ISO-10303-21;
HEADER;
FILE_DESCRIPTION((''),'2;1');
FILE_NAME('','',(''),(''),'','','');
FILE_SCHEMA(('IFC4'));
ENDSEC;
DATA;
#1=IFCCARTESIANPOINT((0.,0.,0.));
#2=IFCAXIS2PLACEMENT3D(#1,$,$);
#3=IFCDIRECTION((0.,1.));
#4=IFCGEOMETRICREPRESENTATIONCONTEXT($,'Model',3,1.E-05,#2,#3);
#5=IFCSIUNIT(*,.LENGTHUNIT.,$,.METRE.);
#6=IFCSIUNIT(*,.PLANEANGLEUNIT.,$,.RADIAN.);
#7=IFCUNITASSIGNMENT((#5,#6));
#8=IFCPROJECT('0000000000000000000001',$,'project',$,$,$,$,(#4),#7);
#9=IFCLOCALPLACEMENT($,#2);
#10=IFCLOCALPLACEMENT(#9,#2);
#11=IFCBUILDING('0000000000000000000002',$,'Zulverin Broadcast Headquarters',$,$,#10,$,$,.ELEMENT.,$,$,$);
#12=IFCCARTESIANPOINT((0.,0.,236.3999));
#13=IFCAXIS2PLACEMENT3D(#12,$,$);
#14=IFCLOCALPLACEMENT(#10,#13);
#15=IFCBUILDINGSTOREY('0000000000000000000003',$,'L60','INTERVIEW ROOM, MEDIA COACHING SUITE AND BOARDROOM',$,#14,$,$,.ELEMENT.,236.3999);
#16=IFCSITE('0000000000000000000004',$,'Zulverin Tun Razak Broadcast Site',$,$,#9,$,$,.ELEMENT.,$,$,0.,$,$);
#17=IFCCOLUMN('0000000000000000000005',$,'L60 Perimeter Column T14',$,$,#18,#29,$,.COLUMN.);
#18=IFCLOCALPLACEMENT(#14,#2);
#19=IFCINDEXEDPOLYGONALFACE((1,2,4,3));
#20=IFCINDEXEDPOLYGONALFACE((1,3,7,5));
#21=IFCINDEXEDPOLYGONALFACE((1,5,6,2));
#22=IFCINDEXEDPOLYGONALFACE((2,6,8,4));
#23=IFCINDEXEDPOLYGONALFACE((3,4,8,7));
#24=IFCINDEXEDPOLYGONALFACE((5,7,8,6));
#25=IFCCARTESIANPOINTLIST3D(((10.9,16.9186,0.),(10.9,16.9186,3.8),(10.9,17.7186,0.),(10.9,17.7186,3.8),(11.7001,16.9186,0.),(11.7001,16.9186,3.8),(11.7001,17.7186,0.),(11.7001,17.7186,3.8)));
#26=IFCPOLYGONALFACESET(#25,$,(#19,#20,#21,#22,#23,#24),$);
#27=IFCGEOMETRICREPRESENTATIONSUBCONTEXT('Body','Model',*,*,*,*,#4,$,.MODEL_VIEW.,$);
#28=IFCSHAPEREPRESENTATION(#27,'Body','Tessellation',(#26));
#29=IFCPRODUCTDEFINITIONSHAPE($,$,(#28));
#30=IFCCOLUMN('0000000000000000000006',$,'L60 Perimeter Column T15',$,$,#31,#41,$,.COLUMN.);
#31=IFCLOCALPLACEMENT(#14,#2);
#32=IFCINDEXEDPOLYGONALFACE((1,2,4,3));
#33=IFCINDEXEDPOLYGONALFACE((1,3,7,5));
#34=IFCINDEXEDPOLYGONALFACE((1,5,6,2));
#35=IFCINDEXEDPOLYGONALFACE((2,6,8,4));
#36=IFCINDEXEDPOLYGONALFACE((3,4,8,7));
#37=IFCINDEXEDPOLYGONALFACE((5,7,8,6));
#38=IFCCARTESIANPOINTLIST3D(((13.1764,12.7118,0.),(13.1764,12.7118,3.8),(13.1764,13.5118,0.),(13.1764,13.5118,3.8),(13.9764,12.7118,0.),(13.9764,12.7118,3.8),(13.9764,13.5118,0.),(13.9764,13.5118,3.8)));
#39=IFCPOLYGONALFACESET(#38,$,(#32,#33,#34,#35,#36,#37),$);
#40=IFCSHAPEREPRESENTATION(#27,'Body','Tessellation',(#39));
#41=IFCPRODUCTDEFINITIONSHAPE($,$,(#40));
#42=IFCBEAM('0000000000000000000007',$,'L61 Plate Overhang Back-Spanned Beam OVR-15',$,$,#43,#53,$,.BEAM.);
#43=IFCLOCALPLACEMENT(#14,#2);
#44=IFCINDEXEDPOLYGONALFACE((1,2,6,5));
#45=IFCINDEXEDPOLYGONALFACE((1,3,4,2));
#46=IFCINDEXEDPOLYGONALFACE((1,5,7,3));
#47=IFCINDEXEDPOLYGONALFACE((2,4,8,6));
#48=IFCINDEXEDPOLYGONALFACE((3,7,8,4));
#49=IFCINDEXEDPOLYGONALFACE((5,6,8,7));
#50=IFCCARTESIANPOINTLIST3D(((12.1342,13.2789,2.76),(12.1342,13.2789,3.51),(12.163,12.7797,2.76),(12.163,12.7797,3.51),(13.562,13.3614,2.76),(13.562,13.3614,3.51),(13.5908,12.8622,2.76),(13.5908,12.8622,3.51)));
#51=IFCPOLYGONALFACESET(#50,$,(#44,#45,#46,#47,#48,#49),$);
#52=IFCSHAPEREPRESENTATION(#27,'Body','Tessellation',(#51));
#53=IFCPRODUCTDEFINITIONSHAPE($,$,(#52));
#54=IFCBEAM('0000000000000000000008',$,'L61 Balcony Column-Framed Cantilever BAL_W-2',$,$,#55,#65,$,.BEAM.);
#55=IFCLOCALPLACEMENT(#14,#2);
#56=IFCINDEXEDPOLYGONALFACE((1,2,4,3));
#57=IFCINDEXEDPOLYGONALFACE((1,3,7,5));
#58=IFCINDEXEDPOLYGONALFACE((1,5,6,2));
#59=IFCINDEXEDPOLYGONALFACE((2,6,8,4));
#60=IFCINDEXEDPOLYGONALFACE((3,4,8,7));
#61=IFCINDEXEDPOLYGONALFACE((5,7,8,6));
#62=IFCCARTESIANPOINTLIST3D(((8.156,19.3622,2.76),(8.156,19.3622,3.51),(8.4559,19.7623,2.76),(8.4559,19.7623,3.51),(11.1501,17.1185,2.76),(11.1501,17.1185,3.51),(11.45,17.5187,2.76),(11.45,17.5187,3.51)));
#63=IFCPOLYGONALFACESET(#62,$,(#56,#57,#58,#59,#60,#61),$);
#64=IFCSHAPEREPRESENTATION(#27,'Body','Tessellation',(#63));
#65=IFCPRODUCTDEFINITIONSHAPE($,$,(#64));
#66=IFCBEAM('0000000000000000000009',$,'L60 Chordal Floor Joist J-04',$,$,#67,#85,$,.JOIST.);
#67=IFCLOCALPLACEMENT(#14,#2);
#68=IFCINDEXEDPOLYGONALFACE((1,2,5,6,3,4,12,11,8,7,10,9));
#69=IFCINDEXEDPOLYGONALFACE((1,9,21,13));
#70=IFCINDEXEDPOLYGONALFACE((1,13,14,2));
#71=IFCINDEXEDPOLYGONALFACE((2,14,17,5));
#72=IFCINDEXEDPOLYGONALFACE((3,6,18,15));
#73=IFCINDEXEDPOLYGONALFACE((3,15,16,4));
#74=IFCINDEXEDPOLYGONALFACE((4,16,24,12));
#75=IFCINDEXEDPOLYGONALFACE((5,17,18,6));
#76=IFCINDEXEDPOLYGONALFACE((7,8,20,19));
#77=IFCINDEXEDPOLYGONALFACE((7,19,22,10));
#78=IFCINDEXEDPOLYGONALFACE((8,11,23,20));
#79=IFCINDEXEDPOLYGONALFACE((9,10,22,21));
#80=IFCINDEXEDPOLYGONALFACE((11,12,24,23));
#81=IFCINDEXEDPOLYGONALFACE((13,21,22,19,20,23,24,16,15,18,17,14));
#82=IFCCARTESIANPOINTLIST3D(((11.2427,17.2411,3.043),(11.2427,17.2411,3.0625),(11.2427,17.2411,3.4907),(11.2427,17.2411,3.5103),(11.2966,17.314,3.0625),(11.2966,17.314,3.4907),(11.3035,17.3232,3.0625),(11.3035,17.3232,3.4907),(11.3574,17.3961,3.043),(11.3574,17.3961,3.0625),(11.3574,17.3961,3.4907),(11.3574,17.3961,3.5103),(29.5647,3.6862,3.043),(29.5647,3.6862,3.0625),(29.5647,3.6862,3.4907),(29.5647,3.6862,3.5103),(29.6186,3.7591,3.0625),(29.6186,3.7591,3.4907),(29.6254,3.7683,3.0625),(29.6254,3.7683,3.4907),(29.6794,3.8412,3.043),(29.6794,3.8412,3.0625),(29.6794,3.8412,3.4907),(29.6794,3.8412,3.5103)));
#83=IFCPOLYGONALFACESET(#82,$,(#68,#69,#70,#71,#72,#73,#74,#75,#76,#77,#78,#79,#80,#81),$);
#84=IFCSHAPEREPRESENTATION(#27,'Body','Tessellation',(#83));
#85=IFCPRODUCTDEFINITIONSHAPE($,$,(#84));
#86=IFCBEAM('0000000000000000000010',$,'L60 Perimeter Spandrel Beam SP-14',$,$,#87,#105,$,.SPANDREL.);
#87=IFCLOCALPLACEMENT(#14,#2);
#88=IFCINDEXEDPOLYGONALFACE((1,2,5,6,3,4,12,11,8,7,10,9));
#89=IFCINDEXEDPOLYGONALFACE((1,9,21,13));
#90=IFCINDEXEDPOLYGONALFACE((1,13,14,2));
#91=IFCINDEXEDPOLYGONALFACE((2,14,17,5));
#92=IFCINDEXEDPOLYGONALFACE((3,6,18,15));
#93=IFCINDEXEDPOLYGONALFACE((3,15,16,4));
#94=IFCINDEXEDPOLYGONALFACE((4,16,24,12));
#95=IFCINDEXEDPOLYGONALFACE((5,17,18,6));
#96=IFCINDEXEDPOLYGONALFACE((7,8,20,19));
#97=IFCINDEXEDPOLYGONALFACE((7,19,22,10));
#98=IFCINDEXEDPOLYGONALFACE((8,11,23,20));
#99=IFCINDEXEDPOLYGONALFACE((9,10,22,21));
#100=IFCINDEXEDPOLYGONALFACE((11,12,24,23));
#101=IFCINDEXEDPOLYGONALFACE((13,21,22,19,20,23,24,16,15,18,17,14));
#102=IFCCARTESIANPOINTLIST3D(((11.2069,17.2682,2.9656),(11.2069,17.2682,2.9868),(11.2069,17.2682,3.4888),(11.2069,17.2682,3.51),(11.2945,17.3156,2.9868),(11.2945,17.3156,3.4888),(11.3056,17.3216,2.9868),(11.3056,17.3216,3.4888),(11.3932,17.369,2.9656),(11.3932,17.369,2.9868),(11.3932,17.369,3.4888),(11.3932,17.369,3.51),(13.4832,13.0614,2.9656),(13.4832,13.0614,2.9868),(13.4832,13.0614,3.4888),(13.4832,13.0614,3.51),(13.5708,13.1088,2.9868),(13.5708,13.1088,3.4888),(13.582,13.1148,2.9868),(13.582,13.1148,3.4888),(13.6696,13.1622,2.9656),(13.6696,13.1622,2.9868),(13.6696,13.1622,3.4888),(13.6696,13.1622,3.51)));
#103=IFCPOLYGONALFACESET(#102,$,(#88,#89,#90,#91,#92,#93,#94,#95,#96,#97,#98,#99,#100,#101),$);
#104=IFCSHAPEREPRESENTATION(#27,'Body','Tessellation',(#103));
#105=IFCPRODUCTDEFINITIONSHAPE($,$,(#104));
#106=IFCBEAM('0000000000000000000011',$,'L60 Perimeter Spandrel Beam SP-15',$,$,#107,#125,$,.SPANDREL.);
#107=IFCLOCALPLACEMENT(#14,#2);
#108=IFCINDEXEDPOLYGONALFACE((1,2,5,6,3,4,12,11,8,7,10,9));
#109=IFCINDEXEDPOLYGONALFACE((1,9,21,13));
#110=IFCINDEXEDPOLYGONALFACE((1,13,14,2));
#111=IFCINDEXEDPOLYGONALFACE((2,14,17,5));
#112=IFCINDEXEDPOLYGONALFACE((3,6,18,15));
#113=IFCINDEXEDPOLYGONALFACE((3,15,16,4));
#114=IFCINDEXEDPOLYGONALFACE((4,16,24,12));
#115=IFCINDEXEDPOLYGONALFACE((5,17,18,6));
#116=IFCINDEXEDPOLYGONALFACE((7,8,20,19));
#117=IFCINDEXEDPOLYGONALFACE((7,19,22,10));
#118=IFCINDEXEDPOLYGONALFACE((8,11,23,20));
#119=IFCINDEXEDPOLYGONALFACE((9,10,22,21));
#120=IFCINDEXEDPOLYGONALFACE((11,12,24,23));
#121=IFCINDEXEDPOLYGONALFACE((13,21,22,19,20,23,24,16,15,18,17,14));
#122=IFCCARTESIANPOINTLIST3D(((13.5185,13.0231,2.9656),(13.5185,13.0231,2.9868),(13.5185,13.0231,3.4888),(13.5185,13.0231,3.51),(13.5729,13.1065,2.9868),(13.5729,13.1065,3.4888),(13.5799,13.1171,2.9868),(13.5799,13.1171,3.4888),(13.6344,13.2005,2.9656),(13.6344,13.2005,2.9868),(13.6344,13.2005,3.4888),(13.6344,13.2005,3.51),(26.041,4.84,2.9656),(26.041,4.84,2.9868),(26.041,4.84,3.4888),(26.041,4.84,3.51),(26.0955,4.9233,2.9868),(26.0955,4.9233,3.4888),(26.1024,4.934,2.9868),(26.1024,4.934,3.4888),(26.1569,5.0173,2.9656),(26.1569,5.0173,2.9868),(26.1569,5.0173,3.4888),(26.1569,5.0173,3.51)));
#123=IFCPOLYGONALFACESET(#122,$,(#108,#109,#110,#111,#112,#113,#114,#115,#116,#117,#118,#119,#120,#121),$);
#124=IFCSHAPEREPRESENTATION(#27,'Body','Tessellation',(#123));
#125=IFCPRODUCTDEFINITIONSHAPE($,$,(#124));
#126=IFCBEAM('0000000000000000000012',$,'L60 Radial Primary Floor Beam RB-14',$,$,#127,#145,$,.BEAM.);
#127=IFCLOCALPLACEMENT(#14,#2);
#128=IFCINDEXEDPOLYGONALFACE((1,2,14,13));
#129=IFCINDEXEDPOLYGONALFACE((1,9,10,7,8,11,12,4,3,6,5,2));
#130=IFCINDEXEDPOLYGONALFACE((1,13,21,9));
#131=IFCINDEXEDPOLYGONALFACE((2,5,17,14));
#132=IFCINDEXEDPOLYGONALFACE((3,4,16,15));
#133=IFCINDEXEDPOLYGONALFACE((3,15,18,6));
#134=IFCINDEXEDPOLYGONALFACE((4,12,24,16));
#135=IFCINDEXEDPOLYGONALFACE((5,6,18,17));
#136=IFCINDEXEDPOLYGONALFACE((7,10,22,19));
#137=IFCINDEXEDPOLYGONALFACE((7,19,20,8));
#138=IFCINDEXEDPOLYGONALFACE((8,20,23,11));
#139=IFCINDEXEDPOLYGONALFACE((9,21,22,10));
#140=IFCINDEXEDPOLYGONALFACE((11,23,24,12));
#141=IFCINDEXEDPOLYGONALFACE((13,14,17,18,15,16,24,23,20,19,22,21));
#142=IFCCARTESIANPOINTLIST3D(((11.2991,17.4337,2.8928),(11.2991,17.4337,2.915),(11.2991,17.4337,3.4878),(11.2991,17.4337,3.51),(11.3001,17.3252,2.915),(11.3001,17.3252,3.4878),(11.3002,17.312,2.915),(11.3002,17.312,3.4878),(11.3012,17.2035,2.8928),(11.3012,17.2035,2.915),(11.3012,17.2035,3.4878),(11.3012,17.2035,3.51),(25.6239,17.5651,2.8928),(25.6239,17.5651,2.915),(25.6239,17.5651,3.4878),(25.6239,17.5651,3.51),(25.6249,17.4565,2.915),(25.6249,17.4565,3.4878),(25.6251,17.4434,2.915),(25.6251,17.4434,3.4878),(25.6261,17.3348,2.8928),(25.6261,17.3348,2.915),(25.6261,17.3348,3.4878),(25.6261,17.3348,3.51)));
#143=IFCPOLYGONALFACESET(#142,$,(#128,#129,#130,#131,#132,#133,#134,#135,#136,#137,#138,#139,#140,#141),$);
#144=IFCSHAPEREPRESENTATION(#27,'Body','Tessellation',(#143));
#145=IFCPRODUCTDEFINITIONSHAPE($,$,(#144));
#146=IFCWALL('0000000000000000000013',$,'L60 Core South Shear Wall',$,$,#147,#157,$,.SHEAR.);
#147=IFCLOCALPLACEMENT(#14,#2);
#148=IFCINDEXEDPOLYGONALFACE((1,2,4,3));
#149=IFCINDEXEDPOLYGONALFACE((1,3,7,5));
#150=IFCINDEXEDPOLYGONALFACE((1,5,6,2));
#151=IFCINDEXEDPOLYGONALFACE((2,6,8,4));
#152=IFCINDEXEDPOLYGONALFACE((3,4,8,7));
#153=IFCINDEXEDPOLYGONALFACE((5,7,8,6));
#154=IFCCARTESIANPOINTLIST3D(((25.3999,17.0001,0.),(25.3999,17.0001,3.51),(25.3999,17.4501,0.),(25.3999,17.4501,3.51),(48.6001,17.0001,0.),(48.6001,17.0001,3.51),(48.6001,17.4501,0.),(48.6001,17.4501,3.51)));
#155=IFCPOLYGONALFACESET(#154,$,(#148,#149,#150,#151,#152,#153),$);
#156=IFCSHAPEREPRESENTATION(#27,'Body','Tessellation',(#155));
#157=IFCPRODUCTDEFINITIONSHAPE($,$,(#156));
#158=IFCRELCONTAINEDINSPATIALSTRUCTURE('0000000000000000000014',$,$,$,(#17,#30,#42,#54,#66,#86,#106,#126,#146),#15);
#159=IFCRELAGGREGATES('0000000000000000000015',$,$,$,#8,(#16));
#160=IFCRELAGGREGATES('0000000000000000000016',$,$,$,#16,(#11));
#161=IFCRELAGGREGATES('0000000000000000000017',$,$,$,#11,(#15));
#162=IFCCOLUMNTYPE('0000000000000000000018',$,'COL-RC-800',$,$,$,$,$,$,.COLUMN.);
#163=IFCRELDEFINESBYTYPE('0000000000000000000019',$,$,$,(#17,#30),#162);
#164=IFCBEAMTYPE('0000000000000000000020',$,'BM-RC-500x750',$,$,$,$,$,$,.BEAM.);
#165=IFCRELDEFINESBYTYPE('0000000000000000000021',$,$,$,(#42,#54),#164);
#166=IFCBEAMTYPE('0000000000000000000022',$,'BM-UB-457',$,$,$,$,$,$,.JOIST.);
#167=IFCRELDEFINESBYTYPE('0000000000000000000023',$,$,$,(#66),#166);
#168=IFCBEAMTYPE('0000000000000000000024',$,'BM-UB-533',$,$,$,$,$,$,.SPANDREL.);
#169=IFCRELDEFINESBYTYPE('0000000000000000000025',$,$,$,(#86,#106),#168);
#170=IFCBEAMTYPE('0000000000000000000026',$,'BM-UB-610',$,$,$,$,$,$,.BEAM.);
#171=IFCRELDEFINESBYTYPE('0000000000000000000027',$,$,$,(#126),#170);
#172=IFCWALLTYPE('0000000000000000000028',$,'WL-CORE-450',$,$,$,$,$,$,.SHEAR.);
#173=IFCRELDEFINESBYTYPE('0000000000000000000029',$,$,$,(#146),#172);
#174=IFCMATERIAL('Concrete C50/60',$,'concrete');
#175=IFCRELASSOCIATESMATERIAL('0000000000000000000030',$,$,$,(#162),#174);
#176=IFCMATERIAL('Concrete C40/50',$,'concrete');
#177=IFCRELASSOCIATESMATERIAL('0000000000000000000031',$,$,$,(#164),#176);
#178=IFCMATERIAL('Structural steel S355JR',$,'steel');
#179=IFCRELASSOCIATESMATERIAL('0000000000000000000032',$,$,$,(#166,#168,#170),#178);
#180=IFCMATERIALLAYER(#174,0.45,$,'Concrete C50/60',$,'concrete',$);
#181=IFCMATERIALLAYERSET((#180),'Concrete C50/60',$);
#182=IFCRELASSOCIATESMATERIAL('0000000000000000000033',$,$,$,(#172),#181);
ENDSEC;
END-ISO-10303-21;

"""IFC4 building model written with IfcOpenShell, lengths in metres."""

from ifc_helpers import new_model, si_unit, direction, frame, frame_2d, origin, origin_2d, place, context, subcontext, project, spatial, rectangle, i_section, extrude, material, layer, layer_set, material_profile, profile_set, type_object, element, save


model = new_model("IFC4")

# Units and contexts
model_context = context("Model", 3, precision=1e-05, world=origin(), true_north=direction((0.0, 1.0)))
body_context = subcontext(model_context, "Body", "Model", "MODEL_VIEW")
ifc_project = project(units=[si_unit("LENGTHUNIT", "METRE"), si_unit("PLANEANGLEUNIT", "RADIAN")], contexts=[model_context])

# Site, building, storey
site_placement = place(None, origin())
site = spatial("IfcSite", under=ifc_project, at=site_placement, Name="Zulverin Tun Razak Broadcast Site", CompositionType="ELEMENT", RefElevation=0.0)
building_placement = place(site_placement, origin())
building = spatial("IfcBuilding", under=site, at=building_placement, Name="Zulverin Broadcast Headquarters", CompositionType="ELEMENT")
storey_placement = place(building_placement, frame((0.0, 0.0, 236.3999)))
storey = spatial("IfcBuildingStorey", under=building, at=storey_placement, Name="L60", Description="INTERVIEW ROOM, MEDIA COACHING SUITE AND BOARDROOM", CompositionType="ELEMENT", Elevation=236.3999)

# Columns
ifc_material_1 = material(Name="Concrete C50/60", Category="concrete")
ifc_material_profile_1 = material_profile(ifc_material_1, rectangle(XDim=0.8, YDim=0.8, at=origin_2d()), Name="Concrete C50/60", Category="concrete")
ifc_profile_set_1 = profile_set([ifc_material_profile_1], Name="Concrete C50/60")
column_type = type_object("IfcColumnType", Name="COL-RC-800", PredefinedType="COLUMN", material=ifc_profile_set_1)
for number, where, z_axis, x_axis, name in (
    (1, (11.3, 17.3186, 0.0), (0.0, 0.0, 1.0), (1.0, 0.0, 0.0), "L60 Perimeter Column T14"),
    (2, (13.5764, 13.1118, 0.0), (0.0, 0.0, 1.0), (1.0, 0.0, 0.0), "L60 Perimeter Column T15"),
):
    element("IfcColumn", number, at=place(storey_placement, frame(where, z_axis=z_axis, x_axis=x_axis)), inside=storey, type_object=column_type, Name=name, PredefinedType="COLUMN", context=body_context, shape_type="SweptSolid", body=[
        extrude(rectangle(XDim=0.8, YDim=0.8, at=origin_2d()), origin(), (0.0, 0.0, 1.0), 3.8),
    ])

# Beams
ifc_material_2 = material(Name="Concrete C40/50", Category="concrete")
ifc_material_profile_2 = material_profile(ifc_material_2, rectangle(XDim=0.5, YDim=0.75, at=origin_2d()), Name="Concrete C40/50", Category="concrete")
ifc_profile_set_2 = profile_set([ifc_material_profile_2], Name="Concrete C40/50")
beam_type_1 = type_object("IfcBeamType", Name="BM-RC-500x750", PredefinedType="BEAM", material=ifc_profile_set_2)
beam_1_placement = place(storey_placement, frame((13.5764, 13.1118, 3.135), z_axis=(-0.998334, -0.057701, 0.0), x_axis=(0.057701, -0.998334, 0.0)))
element("IfcBeam", 3, at=beam_1_placement, inside=storey, type_object=beam_type_1, Name="L61 Plate Overhang Back-Spanned Beam OVR-15", PredefinedType="BEAM", context=body_context, shape_type="SweptSolid", body=[
    extrude(rectangle(XDim=0.5, YDim=0.75, at=origin_2d()), origin(), (0.0, 0.0, 1.0), 1.4302),
])
beam_2_placement = place(storey_placement, frame((11.3, 17.3186, 3.135), z_axis=(-0.80025, 0.599666, 0.0), x_axis=(-0.599666, -0.80025, 0.0)))
element("IfcBeam", 4, at=beam_2_placement, inside=storey, type_object=beam_type_1, Name="L61 Balcony Column-Framed Cantilever BAL_W-2", PredefinedType="BEAM", context=body_context, shape_type="SweptSolid", body=[
    extrude(rectangle(XDim=0.5, YDim=0.75, at=origin_2d()), origin(), (0.0, 0.0, 1.0), 3.7415),
])
ifc_material_3 = material(Name="Structural steel S355JR", Category="steel")
ifc_material_profile_3 = material_profile(ifc_material_3, i_section(OverallWidth=0.1929, OverallDepth=0.4673, WebThickness=0.0115, FlangeThickness=0.0195, at=origin_2d()), Name="Structural steel S355JR", Category="steel")
ifc_profile_set_3 = profile_set([ifc_material_profile_3], Name="Structural steel S355JR")
beam_type_2 = type_object("IfcBeamType", Name="BM-UB-457", PredefinedType="JOIST", material=ifc_profile_set_3)
beam_3_placement = place(storey_placement, frame((11.3, 17.3186, 3.2766), z_axis=(0.803912, -0.594748, 0.0), x_axis=(0.594748, 0.803912, 0.0)))
element("IfcBeam", 5, at=beam_3_placement, inside=storey, type_object=beam_type_2, Name="L60 Chordal Floor Joist J-04", PredefinedType="JOIST", context=body_context, shape_type="SweptSolid", body=[
    extrude(i_section(OverallWidth=0.1929, OverallDepth=0.4673, WebThickness=0.0115, FlangeThickness=0.0195, at=origin_2d()), origin(), (0.0, 0.0, 1.0), 22.791),
])
ifc_material_profile_4 = material_profile(ifc_material_3, i_section(OverallWidth=0.2119, OverallDepth=0.5444, WebThickness=0.0127, FlangeThickness=0.0212, at=origin_2d()), Name="Structural steel S355JR", Category="steel")
ifc_profile_set_4 = profile_set([ifc_material_profile_4], Name="Structural steel S355JR")
beam_type_3 = type_object("IfcBeamType", Name="BM-UB-533", PredefinedType="SPANDREL", material=ifc_profile_set_4)
beam_4_placement = place(storey_placement, frame((11.3, 17.3186, 3.2378), z_axis=(0.47591, -0.879494, 0.0), x_axis=(0.879494, 0.47591, 0.0)))
element("IfcBeam", 6, at=beam_4_placement, inside=storey, type_object=beam_type_3, Name="L60 Perimeter Spandrel Beam SP-14", PredefinedType="SPANDREL", context=body_context, shape_type="SweptSolid", body=[
    extrude(i_section(OverallWidth=0.2119, OverallDepth=0.5444, WebThickness=0.0127, FlangeThickness=0.0212, at=origin_2d()), origin(), (0.0, 0.0, 1.0), 4.7832),
])
beam_5_placement = place(storey_placement, frame((13.5764, 13.1118, 3.2378), z_axis=(0.837112, -0.547031, 0.0), x_axis=(0.547031, 0.837112, 0.0)))
element("IfcBeam", 7, at=beam_5_placement, inside=storey, type_object=beam_type_3, Name="L60 Perimeter Spandrel Beam SP-15", PredefinedType="SPANDREL", context=body_context, shape_type="SweptSolid", body=[
    extrude(i_section(OverallWidth=0.2119, OverallDepth=0.5444, WebThickness=0.0127, FlangeThickness=0.0212, at=origin_2d()), origin(), (0.0, 0.0, 1.0), 14.9592),
])
ifc_material_profile_5 = material_profile(ifc_material_3, i_section(OverallWidth=0.2302, OverallDepth=0.6172, WebThickness=0.0132, FlangeThickness=0.0222, at=origin_2d()), Name="Structural steel S355JR", Category="steel")
ifc_profile_set_5 = profile_set([ifc_material_profile_5], Name="Structural steel S355JR")
beam_type_4 = type_object("IfcBeamType", Name="BM-UB-610", PredefinedType="BEAM", material=ifc_profile_set_5)
beam_6_placement = place(storey_placement, frame((25.625, 17.45, 3.2014), z_axis=(-0.999958, -0.009169, 0.0), x_axis=(0.009169, -0.999958, 0.0)))
element("IfcBeam", 8, at=beam_6_placement, inside=storey, type_object=beam_type_4, Name="L60 Radial Primary Floor Beam RB-14", PredefinedType="BEAM", context=body_context, shape_type="SweptSolid", body=[
    extrude(i_section(OverallWidth=0.2302, OverallDepth=0.6172, WebThickness=0.0132, FlangeThickness=0.0222, at=origin_2d()), origin(), (0.0, 0.0, 1.0), 14.3254),
])

# Wall
ifc_layer_1 = layer(ifc_material_1, 0.45, Name="Concrete C50/60", Category="concrete")
ifc_layer_set_1 = layer_set([ifc_layer_1], Name="Concrete C50/60")
wall_type_1 = type_object("IfcWallType", Name="WL-CORE-450", PredefinedType="SHEAR", material=ifc_layer_set_1)
wall_1_placement = place(storey_placement, frame((25.3999, 17.2251, 0.0), z_axis=(0.0, 0.0, 1.0), x_axis=(1.0, 0.0, 0.0)))
element("IfcWall", 9, at=wall_1_placement, inside=storey, type_object=wall_type_1, Name="L60 Core South Shear Wall", PredefinedType="SHEAR", context=body_context, shape_type="SweptSolid", body=[
    extrude(rectangle(XDim=23.2002, YDim=0.45, at=frame_2d((11.6001, 0.0))), origin(), (0.0, 0.0, 1.0), 3.51),
])

save(model, "model.ifc")
